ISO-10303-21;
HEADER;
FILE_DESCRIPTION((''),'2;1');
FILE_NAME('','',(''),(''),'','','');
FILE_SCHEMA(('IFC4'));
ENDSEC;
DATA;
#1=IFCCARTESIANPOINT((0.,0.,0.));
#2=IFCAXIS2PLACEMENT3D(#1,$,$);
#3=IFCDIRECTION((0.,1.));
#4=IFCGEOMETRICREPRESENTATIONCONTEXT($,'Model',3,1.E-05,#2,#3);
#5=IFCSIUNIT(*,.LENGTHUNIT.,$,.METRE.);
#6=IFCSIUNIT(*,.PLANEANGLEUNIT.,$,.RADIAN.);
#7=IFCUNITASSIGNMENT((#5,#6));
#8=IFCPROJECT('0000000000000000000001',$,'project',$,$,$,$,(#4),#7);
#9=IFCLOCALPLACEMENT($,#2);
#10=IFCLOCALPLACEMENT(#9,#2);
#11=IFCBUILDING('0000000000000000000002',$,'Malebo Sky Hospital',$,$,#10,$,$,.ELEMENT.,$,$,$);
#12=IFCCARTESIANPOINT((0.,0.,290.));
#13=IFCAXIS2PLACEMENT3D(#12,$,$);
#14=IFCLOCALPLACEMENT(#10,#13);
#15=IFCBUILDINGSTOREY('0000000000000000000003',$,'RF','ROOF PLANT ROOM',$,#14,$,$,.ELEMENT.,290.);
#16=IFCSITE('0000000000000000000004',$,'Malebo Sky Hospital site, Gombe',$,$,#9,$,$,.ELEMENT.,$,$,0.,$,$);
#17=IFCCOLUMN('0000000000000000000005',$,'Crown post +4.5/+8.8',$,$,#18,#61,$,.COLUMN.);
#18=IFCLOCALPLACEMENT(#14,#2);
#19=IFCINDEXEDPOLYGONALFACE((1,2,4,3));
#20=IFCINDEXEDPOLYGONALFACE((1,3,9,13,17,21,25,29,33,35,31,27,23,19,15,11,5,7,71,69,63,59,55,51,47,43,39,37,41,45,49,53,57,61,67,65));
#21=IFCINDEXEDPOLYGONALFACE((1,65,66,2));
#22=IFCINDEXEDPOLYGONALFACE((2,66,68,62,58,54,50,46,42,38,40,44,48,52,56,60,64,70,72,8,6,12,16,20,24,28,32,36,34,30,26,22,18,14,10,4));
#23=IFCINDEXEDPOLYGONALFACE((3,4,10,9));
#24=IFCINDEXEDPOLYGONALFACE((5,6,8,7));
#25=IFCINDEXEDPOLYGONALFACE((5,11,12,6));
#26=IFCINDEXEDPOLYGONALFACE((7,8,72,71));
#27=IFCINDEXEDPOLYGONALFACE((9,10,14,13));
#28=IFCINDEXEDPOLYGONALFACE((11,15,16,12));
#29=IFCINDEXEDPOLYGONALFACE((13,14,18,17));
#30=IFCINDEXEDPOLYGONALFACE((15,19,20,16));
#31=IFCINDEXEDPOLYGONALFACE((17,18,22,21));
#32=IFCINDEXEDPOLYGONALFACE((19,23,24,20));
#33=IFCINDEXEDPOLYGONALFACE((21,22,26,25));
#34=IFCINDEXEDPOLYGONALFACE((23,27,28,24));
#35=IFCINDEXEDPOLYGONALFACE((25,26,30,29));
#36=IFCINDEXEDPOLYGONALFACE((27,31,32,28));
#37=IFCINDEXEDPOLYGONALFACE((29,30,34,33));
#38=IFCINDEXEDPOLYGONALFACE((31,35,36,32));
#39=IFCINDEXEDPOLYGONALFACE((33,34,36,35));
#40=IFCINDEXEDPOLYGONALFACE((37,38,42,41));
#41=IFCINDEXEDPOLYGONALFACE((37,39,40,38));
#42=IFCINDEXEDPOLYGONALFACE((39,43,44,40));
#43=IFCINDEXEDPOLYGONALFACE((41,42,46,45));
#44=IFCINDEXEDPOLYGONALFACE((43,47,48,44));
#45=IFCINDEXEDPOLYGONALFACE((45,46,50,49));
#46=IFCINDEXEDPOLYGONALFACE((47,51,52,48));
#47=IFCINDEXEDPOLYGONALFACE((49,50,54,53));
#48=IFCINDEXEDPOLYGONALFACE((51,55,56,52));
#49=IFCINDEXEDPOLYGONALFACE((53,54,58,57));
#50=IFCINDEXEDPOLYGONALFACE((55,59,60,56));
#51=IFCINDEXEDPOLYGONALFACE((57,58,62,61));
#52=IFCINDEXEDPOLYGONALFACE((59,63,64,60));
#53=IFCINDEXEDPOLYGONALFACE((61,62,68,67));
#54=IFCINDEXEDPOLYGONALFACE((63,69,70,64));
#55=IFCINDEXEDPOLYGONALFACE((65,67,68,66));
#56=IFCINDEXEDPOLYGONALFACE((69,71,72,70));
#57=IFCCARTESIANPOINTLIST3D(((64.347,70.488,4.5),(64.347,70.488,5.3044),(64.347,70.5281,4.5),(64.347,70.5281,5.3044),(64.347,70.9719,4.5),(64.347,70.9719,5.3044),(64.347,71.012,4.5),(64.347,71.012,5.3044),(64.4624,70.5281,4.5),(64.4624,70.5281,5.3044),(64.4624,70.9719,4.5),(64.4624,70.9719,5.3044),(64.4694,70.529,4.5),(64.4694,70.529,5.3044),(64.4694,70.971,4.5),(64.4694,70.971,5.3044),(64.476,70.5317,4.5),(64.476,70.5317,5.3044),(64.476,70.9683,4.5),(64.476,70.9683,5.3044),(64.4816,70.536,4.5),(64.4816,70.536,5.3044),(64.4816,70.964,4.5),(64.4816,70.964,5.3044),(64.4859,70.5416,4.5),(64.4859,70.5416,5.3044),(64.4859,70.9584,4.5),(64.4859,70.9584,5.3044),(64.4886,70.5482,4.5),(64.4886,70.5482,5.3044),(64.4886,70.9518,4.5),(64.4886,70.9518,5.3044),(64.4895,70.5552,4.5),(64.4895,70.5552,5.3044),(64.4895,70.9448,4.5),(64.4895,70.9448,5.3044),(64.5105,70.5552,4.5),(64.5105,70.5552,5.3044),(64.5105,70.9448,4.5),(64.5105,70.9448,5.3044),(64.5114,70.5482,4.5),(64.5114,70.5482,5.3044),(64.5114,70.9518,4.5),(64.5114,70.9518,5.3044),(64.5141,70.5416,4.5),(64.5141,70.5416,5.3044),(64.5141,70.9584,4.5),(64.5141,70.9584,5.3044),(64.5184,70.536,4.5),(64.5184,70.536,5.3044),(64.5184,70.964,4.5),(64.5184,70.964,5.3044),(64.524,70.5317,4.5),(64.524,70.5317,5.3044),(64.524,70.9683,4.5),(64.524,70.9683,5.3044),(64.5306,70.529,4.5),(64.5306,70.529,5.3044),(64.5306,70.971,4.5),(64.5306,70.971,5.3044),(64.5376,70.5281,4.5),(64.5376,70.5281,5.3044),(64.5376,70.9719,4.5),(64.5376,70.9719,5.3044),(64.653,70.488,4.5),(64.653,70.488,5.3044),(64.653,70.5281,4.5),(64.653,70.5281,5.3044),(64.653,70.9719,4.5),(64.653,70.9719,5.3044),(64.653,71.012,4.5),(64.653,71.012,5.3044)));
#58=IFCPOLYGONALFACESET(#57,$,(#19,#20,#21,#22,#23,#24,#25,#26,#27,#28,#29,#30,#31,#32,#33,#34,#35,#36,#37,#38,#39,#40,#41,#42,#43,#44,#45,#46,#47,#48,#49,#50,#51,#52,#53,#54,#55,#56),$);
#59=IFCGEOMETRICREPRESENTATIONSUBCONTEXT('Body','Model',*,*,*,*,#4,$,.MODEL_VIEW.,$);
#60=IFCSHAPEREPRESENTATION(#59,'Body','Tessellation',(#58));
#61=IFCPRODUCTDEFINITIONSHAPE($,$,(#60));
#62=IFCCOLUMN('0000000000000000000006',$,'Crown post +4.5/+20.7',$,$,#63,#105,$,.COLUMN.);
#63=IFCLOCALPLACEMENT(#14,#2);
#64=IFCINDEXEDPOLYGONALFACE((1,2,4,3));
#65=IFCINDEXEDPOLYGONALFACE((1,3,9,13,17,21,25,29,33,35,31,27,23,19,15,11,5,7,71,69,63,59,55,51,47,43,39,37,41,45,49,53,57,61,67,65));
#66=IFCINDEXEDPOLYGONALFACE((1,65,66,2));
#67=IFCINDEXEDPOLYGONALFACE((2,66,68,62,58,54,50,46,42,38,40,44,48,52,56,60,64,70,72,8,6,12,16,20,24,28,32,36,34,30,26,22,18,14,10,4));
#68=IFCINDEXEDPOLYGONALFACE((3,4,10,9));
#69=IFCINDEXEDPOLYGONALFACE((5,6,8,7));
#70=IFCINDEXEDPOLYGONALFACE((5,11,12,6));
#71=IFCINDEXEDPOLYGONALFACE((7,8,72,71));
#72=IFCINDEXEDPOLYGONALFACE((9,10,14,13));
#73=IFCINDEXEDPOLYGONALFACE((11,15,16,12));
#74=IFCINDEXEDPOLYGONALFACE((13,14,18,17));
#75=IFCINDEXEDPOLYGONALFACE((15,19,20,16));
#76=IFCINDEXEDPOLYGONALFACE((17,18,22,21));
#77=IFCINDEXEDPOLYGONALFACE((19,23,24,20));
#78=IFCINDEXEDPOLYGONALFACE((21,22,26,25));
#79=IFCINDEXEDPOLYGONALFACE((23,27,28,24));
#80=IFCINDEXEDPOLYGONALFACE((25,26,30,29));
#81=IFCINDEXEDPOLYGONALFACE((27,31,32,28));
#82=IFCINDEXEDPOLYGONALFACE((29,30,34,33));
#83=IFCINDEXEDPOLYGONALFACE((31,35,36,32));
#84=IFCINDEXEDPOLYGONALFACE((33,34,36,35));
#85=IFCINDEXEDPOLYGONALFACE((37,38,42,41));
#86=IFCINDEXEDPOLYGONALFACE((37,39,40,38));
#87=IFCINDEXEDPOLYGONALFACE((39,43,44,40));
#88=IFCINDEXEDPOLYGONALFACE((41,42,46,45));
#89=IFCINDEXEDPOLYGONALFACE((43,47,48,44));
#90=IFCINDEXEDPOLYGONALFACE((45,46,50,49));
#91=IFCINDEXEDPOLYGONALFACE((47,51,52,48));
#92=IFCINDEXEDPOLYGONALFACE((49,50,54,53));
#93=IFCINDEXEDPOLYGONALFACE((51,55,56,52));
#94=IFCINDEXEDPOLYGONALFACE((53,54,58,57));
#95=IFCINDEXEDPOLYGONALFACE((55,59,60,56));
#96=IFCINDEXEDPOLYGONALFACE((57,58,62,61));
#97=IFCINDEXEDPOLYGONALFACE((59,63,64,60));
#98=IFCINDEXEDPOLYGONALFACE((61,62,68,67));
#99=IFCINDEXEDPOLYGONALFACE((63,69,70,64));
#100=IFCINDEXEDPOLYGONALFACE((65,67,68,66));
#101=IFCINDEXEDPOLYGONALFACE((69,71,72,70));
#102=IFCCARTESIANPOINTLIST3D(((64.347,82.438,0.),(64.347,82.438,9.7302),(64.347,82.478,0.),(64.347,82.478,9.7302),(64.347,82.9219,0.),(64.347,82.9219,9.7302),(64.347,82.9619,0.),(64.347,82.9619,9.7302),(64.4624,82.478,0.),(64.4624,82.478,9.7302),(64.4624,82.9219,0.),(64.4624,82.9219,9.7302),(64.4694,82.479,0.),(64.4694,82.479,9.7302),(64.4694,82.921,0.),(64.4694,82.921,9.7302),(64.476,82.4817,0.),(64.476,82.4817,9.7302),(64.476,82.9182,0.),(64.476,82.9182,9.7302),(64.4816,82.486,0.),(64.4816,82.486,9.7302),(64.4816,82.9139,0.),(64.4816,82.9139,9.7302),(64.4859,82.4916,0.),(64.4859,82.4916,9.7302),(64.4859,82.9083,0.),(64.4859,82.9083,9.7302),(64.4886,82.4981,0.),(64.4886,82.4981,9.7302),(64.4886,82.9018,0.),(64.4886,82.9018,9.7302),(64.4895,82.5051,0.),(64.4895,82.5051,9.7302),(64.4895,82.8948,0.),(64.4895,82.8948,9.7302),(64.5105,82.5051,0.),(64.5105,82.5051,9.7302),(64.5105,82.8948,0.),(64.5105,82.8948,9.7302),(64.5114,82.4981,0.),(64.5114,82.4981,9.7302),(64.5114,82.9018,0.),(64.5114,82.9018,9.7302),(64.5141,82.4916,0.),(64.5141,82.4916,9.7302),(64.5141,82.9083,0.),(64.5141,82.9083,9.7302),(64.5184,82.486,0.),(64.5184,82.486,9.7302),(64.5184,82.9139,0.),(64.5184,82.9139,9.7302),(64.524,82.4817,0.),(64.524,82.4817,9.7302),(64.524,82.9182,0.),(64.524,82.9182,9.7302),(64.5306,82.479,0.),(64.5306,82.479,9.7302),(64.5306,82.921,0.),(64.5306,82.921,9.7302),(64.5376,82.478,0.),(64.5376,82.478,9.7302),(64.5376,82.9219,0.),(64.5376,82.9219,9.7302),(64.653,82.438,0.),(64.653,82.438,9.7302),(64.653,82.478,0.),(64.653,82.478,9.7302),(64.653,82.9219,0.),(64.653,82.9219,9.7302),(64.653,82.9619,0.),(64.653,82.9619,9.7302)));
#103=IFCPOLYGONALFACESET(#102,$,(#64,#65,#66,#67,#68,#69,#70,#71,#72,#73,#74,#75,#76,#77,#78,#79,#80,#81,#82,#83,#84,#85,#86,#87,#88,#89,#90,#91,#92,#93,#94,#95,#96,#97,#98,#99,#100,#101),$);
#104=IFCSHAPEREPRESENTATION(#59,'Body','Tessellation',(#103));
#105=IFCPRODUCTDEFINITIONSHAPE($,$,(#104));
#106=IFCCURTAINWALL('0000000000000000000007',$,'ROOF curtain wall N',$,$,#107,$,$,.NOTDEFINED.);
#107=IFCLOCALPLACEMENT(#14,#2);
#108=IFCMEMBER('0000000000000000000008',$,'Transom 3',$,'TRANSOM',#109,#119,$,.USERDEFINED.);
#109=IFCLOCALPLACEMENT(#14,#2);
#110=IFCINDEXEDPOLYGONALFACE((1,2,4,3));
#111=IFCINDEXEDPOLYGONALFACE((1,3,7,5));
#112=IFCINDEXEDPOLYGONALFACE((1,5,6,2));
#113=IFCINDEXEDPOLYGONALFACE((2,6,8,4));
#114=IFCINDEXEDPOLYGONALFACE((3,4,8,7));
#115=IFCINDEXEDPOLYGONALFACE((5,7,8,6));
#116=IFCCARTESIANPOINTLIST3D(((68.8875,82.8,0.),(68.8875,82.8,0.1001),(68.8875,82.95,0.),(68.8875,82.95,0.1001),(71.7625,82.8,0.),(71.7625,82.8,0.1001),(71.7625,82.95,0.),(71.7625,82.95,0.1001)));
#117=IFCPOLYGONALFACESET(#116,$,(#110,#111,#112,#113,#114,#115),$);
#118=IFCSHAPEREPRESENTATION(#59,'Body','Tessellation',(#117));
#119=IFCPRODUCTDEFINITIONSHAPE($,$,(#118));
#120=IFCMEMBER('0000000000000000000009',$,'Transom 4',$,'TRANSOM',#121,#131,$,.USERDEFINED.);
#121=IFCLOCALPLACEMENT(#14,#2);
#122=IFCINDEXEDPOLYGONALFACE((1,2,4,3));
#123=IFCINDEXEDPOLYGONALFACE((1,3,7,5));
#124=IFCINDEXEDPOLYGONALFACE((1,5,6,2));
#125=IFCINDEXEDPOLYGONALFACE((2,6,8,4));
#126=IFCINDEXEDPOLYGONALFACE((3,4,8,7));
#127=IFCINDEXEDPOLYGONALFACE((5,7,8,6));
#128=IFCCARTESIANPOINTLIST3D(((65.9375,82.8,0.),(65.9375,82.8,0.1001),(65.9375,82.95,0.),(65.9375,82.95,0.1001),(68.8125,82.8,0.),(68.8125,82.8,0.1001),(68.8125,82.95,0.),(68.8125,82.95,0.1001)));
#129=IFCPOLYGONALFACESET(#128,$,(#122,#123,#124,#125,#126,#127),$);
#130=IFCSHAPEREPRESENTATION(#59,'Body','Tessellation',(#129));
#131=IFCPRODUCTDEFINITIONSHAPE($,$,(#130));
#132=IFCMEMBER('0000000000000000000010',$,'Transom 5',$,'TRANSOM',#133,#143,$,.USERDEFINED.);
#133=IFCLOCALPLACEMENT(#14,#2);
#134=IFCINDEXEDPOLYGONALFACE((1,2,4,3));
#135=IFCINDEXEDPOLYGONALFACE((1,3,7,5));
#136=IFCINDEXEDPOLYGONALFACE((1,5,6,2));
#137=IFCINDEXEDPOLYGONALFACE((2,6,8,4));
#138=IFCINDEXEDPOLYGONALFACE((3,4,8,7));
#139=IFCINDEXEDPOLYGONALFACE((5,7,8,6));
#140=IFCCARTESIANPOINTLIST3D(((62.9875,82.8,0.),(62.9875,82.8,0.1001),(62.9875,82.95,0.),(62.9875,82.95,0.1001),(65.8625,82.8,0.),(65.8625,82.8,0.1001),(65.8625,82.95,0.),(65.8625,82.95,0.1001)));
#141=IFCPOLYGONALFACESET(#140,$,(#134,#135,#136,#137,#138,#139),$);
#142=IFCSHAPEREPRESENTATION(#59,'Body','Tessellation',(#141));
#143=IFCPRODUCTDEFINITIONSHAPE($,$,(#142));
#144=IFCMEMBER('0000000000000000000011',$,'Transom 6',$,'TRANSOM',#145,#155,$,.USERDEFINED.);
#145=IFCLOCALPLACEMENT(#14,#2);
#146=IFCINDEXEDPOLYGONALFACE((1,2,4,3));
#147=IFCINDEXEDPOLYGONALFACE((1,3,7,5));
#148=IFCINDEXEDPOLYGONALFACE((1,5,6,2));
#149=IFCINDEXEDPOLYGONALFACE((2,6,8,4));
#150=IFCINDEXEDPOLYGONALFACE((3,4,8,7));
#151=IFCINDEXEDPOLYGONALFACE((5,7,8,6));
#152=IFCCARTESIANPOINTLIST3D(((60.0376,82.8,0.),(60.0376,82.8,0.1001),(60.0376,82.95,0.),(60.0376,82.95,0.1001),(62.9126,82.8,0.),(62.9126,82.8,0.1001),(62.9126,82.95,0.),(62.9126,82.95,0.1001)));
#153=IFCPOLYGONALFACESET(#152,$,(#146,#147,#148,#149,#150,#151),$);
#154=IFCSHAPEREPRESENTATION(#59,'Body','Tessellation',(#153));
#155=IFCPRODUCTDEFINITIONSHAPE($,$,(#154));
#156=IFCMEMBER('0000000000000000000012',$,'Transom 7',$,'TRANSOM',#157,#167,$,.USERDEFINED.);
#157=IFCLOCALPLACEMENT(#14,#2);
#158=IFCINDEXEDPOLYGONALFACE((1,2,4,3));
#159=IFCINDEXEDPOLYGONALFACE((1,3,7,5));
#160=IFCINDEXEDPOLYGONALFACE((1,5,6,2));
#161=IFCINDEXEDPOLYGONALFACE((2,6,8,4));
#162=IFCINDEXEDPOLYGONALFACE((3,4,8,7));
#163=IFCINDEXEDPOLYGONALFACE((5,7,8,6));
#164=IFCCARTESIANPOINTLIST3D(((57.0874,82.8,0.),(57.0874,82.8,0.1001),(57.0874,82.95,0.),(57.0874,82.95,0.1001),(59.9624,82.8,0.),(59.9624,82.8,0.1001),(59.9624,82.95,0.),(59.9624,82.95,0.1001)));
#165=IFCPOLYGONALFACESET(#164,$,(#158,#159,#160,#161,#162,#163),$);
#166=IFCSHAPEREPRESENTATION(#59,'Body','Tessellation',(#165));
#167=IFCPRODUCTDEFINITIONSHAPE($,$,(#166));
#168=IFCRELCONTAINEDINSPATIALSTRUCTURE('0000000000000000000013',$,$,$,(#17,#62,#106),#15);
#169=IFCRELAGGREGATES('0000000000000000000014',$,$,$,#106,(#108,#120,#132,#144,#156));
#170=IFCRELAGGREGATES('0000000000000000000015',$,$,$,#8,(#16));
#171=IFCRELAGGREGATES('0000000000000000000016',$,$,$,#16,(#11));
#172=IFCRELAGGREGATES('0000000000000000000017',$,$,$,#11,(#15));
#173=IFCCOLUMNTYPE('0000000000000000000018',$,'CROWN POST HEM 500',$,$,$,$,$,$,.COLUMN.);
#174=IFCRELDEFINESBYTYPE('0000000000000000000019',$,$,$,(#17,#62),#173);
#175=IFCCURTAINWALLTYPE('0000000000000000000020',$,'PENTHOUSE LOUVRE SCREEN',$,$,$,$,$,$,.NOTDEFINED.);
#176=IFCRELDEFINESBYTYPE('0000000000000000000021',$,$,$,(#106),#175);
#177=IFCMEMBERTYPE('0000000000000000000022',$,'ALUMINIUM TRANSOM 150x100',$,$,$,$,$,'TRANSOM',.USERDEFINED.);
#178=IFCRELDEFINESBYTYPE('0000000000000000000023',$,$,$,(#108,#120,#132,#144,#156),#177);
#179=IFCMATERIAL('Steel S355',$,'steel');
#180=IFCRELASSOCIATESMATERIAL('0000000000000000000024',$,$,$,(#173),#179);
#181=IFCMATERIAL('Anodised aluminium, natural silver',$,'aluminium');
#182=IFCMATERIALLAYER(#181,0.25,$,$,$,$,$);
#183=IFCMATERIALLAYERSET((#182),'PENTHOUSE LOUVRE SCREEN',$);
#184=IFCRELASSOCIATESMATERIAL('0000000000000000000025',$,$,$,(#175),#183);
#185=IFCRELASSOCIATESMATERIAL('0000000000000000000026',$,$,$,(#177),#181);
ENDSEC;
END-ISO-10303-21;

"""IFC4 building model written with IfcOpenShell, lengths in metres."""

from ifc_helpers import new_model, si_unit, direction, frame, origin, origin_2d, place, context, subcontext, project, spatial, rectangle, i_section, extrude, material, layer, layer_set, material_profile, profile_set, type_object, element, aggregate, save


model = new_model("IFC4")

# Units and contexts
model_context = context("Model", 3, precision=1e-05, world=origin(), true_north=direction((0.0, 1.0)))
body_context = subcontext(model_context, "Body", "Model", "MODEL_VIEW")
ifc_project = project(units=[si_unit("LENGTHUNIT", "METRE"), si_unit("PLANEANGLEUNIT", "RADIAN")], contexts=[model_context])

# Site, building, storey
site_placement = place(None, origin())
site = spatial("IfcSite", under=ifc_project, at=site_placement, Name="Malebo Sky Hospital site, Gombe", CompositionType="ELEMENT", RefElevation=0.0)
building_placement = place(site_placement, origin())
building = spatial("IfcBuilding", under=site, at=building_placement, Name="Malebo Sky Hospital", CompositionType="ELEMENT")
storey_placement = place(building_placement, frame((0.0, 0.0, 290.0)))
storey = spatial("IfcBuildingStorey", under=building, at=storey_placement, Name="RF", Description="ROOF PLANT ROOM", CompositionType="ELEMENT", Elevation=290.0)

# Columns
ifc_material_1 = material(Name="Steel S355", Category="steel")
ifc_material_profile_1 = material_profile(ifc_material_1, i_section(OverallWidth=0.3059, OverallDepth=0.5239, WebThickness=0.021, FlangeThickness=0.04, FilletRadius=0.0271, at=origin_2d()), Name="HEM 500")
ifc_profile_set_1 = profile_set([ifc_material_profile_1], Name="Steel S355")
column_type = type_object("IfcColumnType", Name="CROWN POST HEM 500", PredefinedType="COLUMN", material=ifc_profile_set_1)
column_1_placement = place(storey_placement, frame((64.5, 70.75, 4.5), z_axis=(0.0, 0.0, 1.0), x_axis=(1.0, 0.0, 0.0)))
element("IfcColumn", 1, at=column_1_placement, inside=storey, type_object=column_type, Name="Crown post +4.5/+8.8", PredefinedType="COLUMN", context=body_context, shape_type="SweptSolid", body=[
    extrude(i_section(OverallWidth=0.3059, OverallDepth=0.5239, WebThickness=0.021, FlangeThickness=0.04, FilletRadius=0.0271, at=origin_2d()), origin(), (0.0, 0.0, 1.0), 0.8044),
])
column_2_placement = place(storey_placement, frame((64.5, 82.7, 0.0), z_axis=(0.0, 0.0, 1.0), x_axis=(1.0, 0.0, 0.0)))
element("IfcColumn", 2, at=column_2_placement, inside=storey, type_object=column_type, Name="Crown post +4.5/+20.7", PredefinedType="COLUMN", context=body_context, shape_type="SweptSolid", body=[
    extrude(i_section(OverallWidth=0.3059, OverallDepth=0.5239, WebThickness=0.021, FlangeThickness=0.04, FilletRadius=0.0271, at=origin_2d()), origin(), (0.0, 0.0, 1.0), 9.7302),
])

# Curtain wall, members
ifc_material_2 = material(Name="Anodised aluminium, natural silver", Category="aluminium")
ifc_layer_1 = layer(ifc_material_2, 0.25)
ifc_layer_set_1 = layer_set([ifc_layer_1], Name="PENTHOUSE LOUVRE SCREEN")
curtain_wall_type = type_object("IfcCurtainWallType", Name="PENTHOUSE LOUVRE SCREEN", PredefinedType="NOTDEFINED", material=ifc_layer_set_1)
curtain_wall_placement = place(storey_placement, origin())
curtain_wall = element("IfcCurtainWall", 3, at=curtain_wall_placement, inside=storey, type_object=curtain_wall_type, Name="ROOF curtain wall N", PredefinedType="NOTDEFINED")
ifc_material_profile_2 = material_profile(ifc_material_2, rectangle(XDim=0.1499, YDim=0.1001, at=origin_2d()), Name="ALUMINIUM TRANSOM 150x100")
ifc_profile_set_2 = profile_set([ifc_material_profile_2], Name="Anodised aluminium, natural silver")
member_type_1 = type_object("IfcMemberType", Name="ALUMINIUM TRANSOM 150x100", ElementType="TRANSOM", PredefinedType="USERDEFINED", material=ifc_profile_set_2)
member_1_placement = place(storey_placement, frame((71.7625, 82.875, 0.05), z_axis=(-1.0, 0.0, 0.0), x_axis=(0.0, -1.0, 0.0)))
member_1 = element("IfcMember", 4, at=member_1_placement, type_object=member_type_1, Name="Transom 3", ObjectType="TRANSOM", PredefinedType="USERDEFINED", context=body_context, shape_type="SweptSolid", body=[
    extrude(rectangle(XDim=0.1499, YDim=0.1001, at=origin_2d()), origin(), (0.0, 0.0, 1.0), 2.875),
])
member_2_placement = place(storey_placement, frame((68.8125, 82.875, 0.05), z_axis=(-1.0, 0.0, 0.0), x_axis=(0.0, -1.0, 0.0)))
member_2 = element("IfcMember", 5, at=member_2_placement, type_object=member_type_1, Name="Transom 4", ObjectType="TRANSOM", PredefinedType="USERDEFINED", context=body_context, shape_type="SweptSolid", body=[
    extrude(rectangle(XDim=0.1499, YDim=0.1001, at=origin_2d()), origin(), (0.0, 0.0, 1.0), 2.875),
])
member_3_placement = place(storey_placement, frame((65.8625, 82.875, 0.05), z_axis=(-1.0, 0.0, 0.0), x_axis=(0.0, -1.0, 0.0)))
member_3 = element("IfcMember", 6, at=member_3_placement, type_object=member_type_1, Name="Transom 5", ObjectType="TRANSOM", PredefinedType="USERDEFINED", context=body_context, shape_type="SweptSolid", body=[
    extrude(rectangle(XDim=0.1499, YDim=0.1001, at=origin_2d()), origin(), (0.0, 0.0, 1.0), 2.875),
])
member_4_placement = place(storey_placement, frame((62.9126, 82.875, 0.05), z_axis=(-1.0, 0.0, 0.0), x_axis=(0.0, -1.0, 0.0)))
member_4 = element("IfcMember", 7, at=member_4_placement, type_object=member_type_1, Name="Transom 6", ObjectType="TRANSOM", PredefinedType="USERDEFINED", context=body_context, shape_type="SweptSolid", body=[
    extrude(rectangle(XDim=0.1499, YDim=0.1001, at=origin_2d()), origin(), (0.0, 0.0, 1.0), 2.875),
])
member_5_placement = place(storey_placement, frame((59.9624, 82.875, 0.05), z_axis=(-1.0, 0.0, 0.0), x_axis=(0.0, -1.0, 0.0)))
member_5 = element("IfcMember", 8, at=member_5_placement, type_object=member_type_1, Name="Transom 7", ObjectType="TRANSOM", PredefinedType="USERDEFINED", context=body_context, shape_type="SweptSolid", body=[
    extrude(rectangle(XDim=0.1499, YDim=0.1001, at=origin_2d()), origin(), (0.0, 0.0, 1.0), 2.875),
])

aggregate(curtain_wall, [member_1, member_2, member_3, member_4, member_5])

save(model, "model.ifc")
